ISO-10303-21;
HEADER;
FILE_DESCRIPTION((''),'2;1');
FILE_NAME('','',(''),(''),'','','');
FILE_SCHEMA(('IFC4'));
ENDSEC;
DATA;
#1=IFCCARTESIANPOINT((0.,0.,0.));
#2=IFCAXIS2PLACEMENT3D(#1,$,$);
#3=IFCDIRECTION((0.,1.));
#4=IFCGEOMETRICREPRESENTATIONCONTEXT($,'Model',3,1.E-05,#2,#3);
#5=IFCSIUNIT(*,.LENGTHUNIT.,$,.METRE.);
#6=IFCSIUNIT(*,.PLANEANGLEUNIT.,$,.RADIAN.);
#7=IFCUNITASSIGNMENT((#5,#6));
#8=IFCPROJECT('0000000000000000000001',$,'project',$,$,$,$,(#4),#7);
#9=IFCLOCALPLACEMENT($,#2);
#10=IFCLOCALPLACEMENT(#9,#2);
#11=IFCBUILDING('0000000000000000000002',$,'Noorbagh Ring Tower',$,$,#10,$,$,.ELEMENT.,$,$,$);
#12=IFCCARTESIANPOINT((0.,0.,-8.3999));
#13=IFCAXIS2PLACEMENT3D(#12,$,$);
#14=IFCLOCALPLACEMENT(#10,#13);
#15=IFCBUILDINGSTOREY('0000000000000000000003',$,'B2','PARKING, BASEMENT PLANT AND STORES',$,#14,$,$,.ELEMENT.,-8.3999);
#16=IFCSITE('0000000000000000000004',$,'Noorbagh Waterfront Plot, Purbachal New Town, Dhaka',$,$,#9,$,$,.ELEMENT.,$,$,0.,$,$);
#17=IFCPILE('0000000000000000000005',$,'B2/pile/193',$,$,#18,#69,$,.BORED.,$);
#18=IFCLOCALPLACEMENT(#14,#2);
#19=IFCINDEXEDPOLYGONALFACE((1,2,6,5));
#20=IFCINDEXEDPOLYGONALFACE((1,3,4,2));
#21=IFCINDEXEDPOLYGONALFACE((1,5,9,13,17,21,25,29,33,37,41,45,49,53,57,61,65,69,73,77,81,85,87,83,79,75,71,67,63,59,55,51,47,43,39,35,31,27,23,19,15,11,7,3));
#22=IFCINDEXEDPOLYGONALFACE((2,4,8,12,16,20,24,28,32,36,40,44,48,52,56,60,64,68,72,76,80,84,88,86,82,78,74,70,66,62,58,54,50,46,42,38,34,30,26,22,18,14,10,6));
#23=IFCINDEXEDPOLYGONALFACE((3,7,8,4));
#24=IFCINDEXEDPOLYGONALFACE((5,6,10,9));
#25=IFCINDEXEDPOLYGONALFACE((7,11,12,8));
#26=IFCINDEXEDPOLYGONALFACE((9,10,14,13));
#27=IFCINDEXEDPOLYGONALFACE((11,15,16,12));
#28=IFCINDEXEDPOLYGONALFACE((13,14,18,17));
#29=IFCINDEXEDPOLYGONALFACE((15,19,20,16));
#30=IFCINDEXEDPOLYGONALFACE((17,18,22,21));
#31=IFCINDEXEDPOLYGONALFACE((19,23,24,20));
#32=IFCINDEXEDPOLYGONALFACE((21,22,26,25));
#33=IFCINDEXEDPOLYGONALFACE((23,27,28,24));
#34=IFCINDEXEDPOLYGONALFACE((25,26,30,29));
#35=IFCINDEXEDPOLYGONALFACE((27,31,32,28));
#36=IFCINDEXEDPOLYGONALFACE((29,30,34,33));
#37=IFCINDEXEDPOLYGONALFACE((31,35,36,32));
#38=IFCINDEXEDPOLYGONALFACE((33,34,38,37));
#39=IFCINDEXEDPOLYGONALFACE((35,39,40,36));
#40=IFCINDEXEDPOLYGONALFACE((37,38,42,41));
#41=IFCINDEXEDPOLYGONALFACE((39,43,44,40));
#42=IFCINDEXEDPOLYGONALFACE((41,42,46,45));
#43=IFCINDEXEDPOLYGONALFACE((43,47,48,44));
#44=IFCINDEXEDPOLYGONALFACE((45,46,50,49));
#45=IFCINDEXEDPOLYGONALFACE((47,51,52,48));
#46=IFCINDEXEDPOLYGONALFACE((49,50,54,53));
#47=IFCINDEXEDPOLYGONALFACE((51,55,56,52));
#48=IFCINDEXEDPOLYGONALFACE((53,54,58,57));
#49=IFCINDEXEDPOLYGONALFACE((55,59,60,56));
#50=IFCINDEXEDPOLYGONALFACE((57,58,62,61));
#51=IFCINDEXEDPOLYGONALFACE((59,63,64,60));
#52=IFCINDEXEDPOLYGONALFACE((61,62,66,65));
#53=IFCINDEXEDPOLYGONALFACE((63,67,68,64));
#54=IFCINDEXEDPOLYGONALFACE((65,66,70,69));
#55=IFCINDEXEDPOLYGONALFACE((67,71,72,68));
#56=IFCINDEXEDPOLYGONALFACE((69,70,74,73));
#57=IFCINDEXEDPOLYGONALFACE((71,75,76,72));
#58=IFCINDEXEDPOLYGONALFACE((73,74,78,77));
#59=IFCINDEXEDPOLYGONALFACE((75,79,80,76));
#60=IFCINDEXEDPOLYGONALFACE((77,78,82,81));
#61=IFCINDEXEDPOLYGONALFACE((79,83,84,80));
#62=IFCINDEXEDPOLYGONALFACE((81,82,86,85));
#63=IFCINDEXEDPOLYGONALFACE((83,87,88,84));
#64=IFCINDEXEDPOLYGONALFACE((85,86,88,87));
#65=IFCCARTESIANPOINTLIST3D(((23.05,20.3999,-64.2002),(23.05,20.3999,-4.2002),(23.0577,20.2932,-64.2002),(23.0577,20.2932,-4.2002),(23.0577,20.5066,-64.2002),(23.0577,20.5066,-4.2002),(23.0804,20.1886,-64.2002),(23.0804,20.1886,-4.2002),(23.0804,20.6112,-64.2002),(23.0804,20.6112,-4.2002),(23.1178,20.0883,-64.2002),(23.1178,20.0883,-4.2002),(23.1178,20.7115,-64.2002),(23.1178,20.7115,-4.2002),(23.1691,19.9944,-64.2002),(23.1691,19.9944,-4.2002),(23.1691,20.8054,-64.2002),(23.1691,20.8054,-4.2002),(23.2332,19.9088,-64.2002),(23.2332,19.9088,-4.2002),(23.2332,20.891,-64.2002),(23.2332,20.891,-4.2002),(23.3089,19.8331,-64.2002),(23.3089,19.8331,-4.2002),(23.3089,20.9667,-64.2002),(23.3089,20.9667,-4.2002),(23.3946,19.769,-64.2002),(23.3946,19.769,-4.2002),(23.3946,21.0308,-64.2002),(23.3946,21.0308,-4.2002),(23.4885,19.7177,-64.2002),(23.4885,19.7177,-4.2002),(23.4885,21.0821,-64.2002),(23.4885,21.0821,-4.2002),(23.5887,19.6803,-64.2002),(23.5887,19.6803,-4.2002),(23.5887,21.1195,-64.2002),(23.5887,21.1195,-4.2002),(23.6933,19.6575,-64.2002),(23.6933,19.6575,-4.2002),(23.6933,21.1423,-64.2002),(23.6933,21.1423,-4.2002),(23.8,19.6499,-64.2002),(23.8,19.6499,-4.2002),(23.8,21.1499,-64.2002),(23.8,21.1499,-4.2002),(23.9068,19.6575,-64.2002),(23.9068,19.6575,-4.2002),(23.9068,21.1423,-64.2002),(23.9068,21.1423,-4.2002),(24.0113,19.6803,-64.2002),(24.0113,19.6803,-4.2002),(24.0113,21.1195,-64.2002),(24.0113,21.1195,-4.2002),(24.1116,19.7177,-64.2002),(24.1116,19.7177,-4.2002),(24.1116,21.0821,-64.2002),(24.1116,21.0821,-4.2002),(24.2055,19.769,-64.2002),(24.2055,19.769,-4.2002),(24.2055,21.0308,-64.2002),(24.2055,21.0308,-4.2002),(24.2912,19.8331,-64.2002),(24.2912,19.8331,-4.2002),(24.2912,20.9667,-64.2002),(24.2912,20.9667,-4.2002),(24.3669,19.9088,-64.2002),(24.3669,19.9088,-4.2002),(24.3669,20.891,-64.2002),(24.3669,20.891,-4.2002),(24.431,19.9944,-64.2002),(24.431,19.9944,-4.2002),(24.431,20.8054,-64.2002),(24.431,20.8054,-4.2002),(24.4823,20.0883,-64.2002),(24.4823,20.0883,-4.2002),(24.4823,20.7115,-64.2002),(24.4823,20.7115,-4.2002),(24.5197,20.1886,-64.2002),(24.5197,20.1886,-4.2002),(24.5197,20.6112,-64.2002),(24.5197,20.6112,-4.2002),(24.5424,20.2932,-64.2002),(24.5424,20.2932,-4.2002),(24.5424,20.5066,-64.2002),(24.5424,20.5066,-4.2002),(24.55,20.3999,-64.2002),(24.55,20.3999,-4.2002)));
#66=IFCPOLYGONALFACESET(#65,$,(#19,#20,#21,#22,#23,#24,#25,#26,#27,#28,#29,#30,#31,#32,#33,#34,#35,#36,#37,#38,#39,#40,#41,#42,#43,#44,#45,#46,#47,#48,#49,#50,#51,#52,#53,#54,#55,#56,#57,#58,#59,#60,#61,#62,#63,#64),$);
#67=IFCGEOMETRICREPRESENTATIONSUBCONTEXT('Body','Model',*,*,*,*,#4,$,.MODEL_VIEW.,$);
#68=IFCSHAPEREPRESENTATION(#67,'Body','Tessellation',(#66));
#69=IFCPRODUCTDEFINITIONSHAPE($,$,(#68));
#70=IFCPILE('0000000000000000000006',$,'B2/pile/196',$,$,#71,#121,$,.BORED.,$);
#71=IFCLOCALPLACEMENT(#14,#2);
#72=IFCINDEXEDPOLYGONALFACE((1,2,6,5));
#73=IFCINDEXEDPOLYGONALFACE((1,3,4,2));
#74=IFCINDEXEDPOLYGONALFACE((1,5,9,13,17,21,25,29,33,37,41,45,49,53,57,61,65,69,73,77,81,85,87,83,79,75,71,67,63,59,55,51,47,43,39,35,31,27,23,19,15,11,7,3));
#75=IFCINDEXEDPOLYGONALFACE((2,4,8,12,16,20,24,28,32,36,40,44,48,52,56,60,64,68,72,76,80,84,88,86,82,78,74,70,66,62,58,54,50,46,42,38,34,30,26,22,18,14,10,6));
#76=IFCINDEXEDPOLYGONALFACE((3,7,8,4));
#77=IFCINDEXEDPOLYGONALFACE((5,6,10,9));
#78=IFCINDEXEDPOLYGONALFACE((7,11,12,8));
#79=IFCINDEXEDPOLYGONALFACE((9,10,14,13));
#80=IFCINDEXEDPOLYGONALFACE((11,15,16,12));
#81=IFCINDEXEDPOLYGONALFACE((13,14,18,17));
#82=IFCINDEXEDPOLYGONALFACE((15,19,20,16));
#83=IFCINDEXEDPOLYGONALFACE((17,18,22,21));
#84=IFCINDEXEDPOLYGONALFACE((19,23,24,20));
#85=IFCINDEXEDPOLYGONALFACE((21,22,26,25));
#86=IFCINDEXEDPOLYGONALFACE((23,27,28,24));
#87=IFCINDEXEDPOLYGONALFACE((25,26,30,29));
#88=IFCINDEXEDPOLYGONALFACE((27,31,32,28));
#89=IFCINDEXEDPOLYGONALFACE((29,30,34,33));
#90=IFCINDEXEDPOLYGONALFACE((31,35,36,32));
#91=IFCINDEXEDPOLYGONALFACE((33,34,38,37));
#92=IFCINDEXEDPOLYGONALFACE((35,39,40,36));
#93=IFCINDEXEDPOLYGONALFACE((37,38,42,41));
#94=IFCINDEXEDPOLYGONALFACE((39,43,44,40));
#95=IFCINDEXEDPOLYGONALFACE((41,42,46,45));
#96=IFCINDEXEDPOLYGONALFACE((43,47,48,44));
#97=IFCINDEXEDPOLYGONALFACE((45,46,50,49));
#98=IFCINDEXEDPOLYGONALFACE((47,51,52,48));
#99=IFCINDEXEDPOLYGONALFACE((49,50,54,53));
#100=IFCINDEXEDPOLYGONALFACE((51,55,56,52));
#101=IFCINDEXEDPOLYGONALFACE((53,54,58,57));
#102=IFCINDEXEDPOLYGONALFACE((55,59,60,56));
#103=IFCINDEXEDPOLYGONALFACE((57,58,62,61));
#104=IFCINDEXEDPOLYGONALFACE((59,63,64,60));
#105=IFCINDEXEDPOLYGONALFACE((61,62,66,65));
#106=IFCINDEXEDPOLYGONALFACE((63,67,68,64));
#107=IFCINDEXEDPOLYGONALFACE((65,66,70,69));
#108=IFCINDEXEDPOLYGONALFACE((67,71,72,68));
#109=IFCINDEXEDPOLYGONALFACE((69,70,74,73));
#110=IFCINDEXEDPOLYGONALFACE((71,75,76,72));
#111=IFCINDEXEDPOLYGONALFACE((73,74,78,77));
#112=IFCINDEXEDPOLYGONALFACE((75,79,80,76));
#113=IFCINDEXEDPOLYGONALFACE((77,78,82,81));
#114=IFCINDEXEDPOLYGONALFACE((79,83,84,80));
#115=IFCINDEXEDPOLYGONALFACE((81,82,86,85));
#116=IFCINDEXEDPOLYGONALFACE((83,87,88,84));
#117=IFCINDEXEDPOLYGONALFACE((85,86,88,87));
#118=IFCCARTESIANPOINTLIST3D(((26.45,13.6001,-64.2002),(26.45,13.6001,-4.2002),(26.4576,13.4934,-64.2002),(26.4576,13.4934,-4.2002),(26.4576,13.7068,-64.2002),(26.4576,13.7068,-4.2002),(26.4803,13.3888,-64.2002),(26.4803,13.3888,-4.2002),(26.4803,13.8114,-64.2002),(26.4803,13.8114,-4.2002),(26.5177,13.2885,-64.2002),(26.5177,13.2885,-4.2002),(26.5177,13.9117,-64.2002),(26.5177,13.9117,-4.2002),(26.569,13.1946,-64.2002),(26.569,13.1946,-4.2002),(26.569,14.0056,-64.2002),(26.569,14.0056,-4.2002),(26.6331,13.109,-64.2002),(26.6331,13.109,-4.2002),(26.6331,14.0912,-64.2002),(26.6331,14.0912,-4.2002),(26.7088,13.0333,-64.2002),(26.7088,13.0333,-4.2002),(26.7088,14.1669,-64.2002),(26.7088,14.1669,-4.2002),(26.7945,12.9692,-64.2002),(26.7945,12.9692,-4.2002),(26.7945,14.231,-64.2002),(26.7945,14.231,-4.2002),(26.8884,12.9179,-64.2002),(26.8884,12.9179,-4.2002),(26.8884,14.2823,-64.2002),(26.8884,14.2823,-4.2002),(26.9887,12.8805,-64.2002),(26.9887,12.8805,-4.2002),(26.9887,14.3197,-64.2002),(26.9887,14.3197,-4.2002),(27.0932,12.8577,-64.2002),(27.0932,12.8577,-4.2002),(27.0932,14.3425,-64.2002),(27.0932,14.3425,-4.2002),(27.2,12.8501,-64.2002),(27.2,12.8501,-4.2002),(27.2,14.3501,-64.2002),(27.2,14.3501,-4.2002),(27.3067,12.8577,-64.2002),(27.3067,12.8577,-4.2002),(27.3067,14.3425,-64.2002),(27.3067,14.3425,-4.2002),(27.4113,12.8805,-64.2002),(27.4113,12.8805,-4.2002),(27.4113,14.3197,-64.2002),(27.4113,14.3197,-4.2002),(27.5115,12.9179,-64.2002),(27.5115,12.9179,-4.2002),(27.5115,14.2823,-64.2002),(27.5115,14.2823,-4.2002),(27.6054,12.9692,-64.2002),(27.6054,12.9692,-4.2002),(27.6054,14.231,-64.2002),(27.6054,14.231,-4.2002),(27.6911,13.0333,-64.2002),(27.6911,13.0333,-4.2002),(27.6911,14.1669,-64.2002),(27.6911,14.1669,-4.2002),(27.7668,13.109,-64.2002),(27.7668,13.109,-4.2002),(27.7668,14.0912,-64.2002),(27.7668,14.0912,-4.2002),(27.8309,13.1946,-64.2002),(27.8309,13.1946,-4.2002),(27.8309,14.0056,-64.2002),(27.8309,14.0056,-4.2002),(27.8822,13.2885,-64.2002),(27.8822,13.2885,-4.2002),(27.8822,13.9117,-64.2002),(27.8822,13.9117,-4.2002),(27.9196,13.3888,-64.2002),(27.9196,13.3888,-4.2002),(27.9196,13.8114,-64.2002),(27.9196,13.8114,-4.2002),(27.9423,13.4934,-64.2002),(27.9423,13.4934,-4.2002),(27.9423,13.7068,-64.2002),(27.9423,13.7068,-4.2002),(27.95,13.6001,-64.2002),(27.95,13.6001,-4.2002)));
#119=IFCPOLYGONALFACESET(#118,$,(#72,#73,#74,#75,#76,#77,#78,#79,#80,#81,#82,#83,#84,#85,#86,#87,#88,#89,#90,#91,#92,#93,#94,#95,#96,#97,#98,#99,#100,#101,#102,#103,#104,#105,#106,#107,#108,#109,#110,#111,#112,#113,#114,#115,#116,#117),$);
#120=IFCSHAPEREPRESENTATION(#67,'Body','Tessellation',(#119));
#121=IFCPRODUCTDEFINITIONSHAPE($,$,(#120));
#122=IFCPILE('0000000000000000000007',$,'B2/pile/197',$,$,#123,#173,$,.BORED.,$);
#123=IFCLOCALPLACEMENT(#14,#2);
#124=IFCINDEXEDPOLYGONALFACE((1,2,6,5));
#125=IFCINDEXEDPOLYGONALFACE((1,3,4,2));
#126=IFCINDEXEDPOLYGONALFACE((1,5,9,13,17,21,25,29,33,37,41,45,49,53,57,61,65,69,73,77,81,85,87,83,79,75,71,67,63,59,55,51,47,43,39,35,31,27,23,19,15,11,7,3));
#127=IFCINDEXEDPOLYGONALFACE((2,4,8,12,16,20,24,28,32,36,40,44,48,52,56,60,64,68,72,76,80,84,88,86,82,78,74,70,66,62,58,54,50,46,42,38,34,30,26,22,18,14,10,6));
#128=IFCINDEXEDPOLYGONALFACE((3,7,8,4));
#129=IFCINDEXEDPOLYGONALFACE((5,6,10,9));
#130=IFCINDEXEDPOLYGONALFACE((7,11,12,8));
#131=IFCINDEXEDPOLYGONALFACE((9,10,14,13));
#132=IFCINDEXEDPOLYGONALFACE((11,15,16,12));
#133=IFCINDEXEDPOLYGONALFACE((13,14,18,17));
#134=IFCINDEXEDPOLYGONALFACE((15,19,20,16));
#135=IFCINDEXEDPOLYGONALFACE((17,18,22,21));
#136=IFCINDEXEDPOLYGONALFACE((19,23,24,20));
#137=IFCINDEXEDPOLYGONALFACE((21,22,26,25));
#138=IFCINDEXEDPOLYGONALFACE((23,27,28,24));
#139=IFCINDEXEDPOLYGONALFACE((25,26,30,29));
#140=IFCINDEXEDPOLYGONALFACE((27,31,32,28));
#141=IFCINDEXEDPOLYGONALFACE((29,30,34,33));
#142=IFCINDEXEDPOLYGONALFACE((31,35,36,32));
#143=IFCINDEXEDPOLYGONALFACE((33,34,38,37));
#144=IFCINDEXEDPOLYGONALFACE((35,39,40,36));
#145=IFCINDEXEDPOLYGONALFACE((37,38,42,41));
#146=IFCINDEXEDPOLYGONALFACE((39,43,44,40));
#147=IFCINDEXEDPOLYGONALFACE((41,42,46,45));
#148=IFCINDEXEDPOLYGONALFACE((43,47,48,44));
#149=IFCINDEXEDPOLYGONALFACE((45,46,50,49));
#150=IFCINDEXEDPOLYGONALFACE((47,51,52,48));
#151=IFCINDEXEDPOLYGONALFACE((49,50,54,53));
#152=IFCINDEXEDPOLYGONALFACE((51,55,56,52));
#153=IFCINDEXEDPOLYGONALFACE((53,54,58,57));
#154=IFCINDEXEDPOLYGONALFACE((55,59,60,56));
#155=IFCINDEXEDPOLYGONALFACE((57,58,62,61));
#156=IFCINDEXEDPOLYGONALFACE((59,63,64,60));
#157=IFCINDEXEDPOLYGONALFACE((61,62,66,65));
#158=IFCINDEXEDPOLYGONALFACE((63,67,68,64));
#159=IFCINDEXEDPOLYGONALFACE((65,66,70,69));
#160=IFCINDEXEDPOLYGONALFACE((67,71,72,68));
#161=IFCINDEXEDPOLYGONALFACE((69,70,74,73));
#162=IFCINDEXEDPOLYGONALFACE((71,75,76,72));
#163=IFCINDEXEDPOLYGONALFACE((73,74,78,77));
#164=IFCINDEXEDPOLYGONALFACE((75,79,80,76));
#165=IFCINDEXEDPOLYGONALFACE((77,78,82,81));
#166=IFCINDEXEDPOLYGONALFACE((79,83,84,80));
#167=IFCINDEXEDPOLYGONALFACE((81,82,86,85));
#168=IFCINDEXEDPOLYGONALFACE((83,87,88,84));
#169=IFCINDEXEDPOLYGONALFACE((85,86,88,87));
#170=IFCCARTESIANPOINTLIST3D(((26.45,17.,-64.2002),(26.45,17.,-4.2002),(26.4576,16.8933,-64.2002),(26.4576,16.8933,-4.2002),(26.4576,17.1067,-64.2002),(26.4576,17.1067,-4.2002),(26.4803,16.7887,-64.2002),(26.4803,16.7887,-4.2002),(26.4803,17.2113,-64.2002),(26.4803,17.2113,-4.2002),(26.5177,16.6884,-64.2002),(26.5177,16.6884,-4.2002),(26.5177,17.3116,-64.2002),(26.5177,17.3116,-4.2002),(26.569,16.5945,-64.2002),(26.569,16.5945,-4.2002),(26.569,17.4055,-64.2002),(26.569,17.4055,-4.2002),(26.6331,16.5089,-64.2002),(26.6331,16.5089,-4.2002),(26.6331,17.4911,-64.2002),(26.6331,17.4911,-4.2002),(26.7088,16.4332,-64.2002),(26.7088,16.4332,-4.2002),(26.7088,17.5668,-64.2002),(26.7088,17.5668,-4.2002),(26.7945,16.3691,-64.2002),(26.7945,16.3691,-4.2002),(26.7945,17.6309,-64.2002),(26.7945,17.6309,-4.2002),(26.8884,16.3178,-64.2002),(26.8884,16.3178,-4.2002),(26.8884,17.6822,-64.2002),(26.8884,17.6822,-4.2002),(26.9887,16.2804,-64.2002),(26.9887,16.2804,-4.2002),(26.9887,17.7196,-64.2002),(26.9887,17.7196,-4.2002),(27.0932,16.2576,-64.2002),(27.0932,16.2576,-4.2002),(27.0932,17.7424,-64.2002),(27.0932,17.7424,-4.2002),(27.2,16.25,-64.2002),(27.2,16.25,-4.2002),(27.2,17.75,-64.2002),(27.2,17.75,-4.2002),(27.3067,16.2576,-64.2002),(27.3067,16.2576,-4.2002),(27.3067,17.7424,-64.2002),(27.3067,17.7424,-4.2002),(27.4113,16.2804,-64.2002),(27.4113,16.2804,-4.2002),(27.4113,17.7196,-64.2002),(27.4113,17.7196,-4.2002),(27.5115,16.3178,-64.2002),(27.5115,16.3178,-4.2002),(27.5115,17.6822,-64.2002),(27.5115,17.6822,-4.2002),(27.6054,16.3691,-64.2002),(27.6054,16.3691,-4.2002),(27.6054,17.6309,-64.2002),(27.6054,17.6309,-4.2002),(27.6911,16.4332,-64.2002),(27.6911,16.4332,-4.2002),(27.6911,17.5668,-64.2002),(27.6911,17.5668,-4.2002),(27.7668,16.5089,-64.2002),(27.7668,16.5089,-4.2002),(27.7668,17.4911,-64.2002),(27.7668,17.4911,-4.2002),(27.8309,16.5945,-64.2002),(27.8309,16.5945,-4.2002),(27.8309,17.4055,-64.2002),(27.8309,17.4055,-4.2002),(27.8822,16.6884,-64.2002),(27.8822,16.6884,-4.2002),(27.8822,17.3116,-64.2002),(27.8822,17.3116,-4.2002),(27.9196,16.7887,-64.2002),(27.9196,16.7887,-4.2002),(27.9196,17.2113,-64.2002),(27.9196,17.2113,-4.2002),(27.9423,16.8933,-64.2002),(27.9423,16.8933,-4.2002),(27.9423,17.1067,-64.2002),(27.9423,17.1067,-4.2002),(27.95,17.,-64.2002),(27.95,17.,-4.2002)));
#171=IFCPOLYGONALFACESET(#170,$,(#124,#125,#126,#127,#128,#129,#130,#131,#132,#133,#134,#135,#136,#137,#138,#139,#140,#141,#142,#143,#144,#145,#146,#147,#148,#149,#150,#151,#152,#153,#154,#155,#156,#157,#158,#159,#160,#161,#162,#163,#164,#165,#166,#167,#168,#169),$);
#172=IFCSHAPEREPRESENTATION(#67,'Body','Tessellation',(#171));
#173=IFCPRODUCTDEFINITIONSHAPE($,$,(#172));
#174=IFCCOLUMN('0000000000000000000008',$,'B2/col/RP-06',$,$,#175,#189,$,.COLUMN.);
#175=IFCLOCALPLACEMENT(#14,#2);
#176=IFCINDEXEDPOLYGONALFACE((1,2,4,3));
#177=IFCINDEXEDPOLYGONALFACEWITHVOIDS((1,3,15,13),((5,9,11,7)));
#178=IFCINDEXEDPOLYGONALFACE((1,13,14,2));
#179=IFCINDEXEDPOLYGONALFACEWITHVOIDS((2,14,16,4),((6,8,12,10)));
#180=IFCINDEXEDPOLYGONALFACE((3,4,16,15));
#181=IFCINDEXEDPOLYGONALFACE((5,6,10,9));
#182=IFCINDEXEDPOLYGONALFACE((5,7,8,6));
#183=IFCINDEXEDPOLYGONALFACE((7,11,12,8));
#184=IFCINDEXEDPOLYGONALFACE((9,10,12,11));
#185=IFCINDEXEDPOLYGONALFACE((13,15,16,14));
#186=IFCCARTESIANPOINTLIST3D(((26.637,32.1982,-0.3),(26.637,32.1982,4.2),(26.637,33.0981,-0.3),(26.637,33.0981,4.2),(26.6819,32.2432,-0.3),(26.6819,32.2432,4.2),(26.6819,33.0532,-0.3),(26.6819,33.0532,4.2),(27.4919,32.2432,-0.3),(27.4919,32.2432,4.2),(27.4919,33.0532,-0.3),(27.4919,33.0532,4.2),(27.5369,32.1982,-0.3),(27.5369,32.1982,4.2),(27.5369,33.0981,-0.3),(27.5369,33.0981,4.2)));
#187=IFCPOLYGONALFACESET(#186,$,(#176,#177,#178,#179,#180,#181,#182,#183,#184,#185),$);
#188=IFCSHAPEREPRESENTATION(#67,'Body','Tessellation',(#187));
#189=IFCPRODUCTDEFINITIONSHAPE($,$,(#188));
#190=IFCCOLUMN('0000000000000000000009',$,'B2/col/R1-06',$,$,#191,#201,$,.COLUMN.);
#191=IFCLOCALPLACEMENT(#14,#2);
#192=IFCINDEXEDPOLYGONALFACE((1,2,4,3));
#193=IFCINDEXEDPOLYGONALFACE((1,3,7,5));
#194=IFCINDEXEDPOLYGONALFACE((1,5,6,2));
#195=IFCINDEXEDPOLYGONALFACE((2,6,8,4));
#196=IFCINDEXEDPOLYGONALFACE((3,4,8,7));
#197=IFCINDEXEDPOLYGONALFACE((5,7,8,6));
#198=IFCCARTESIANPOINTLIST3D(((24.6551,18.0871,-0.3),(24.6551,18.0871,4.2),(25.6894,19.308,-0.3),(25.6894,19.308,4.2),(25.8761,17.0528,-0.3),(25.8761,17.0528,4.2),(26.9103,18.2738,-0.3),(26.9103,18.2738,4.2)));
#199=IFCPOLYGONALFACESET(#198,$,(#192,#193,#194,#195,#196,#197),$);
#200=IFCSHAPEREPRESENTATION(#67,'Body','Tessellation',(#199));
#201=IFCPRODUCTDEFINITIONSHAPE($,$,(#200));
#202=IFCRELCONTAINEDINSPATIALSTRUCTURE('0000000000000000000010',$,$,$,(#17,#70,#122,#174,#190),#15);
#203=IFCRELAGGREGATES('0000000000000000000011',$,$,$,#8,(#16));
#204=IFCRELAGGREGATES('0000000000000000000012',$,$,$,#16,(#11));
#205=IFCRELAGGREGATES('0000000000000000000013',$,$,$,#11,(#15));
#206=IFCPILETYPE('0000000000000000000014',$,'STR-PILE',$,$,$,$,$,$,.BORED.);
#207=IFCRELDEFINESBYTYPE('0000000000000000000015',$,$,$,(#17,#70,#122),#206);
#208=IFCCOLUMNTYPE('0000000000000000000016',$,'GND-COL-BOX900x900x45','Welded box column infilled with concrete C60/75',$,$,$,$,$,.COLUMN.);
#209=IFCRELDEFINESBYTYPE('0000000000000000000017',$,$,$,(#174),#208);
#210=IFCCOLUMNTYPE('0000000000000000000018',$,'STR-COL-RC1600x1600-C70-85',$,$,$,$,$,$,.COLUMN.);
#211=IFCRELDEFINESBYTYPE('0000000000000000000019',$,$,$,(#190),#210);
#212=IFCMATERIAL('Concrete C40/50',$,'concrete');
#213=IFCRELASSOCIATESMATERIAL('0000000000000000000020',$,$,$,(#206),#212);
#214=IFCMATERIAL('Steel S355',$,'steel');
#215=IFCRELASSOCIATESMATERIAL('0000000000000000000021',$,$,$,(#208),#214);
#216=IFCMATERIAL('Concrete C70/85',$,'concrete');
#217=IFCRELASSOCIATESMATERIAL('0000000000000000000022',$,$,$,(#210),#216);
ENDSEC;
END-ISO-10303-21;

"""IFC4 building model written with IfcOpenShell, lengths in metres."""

from ifc_helpers import new_model, si_unit, direction, frame, origin, origin_2d, place, context, subcontext, project, spatial, rectangle, hollow_rectangle, circle, extrude, material, material_profile, profile_set, type_object, element, save


model = new_model("IFC4")

# Units and contexts
model_context = context("Model", 3, precision=1e-05, world=origin(), true_north=direction((0.0, 1.0)))
body_context = subcontext(model_context, "Body", "Model", "MODEL_VIEW")
ifc_project = project(units=[si_unit("LENGTHUNIT", "METRE"), si_unit("PLANEANGLEUNIT", "RADIAN")], contexts=[model_context])

# Site, building, storey
site_placement = place(None, origin())
site = spatial("IfcSite", under=ifc_project, at=site_placement, Name="Noorbagh Waterfront Plot, Purbachal New Town, Dhaka", CompositionType="ELEMENT", RefElevation=0.0)
building_placement = place(site_placement, origin())
building = spatial("IfcBuilding", under=site, at=building_placement, Name="Noorbagh Ring Tower", CompositionType="ELEMENT")
storey_placement = place(building_placement, frame((0.0, 0.0, -8.3999)))
storey = spatial("IfcBuildingStorey", under=building, at=storey_placement, Name="B2", Description="PARKING, BASEMENT PLANT AND STORES", CompositionType="ELEMENT", Elevation=-8.3999)

# Piles
ifc_material_1 = material(Name="Concrete C40/50", Category="concrete")
ifc_material_profile_1 = material_profile(ifc_material_1, circle(Radius=0.75, at=origin_2d()), Name="PILE1500")
ifc_profile_set_1 = profile_set([ifc_material_profile_1], Name="Concrete C40/50")
pile_type_1 = type_object("IfcPileType", Name="STR-PILE", PredefinedType="BORED", material=ifc_profile_set_1)
for number, where, z_axis, x_axis, name in (
    (1, (23.8, 20.3999, -4.2002), (0.0, 0.0, -1.0), (1.0, 0.0, 0.0), "B2/pile/193"),
    (2, (27.2, 13.6001, -4.2002), (0.0, 0.0, -1.0), (1.0, 0.0, 0.0), "B2/pile/196"),
    (3, (27.2, 17.0, -4.2002), (0.0, 0.0, -1.0), (1.0, 0.0, 0.0), "B2/pile/197"),
):
    element("IfcPile", number, at=place(storey_placement, frame(where, z_axis=z_axis, x_axis=x_axis)), inside=storey, type_object=pile_type_1, Name=name, PredefinedType="BORED", context=body_context, shape_type="SweptSolid", body=[
        extrude(circle(Radius=0.75, at=origin_2d()), origin(), (0.0, 0.0, 1.0), 60.0),
    ])

# Columns
ifc_material_2 = material(Name="Steel S355", Category="steel")
ifc_material_profile_2 = material_profile(ifc_material_2, hollow_rectangle(XDim=0.8999, YDim=0.8999, WallThickness=0.0449, at=origin_2d()), Name="BOX900x900x45")
ifc_profile_set_2 = profile_set([ifc_material_profile_2], Name="Steel S355")
column_type_1 = type_object("IfcColumnType", Name="GND-COL-BOX900x900x45", Description="Welded box column infilled with concrete C60/75", PredefinedType="COLUMN", material=ifc_profile_set_2)
column_placement = place(storey_placement, frame((27.0869, 32.6482, -0.3), z_axis=(0.0, 0.0, 1.0), x_axis=(1.0, 0.0, 0.0)))
element("IfcColumn", 4, at=column_placement, inside=storey, type_object=column_type_1, Name="B2/col/RP-06", PredefinedType="COLUMN", context=body_context, shape_type="SweptSolid", body=[
    extrude(hollow_rectangle(XDim=0.8999, YDim=0.8999, WallThickness=0.0449, at=origin_2d()), origin(), (0.0, 0.0, 1.0), 4.5),
])
ifc_material_3 = material(Name="Concrete C70/85", Category="concrete")
ifc_material_profile_3 = material_profile(ifc_material_3, rectangle(XDim=1.6001, YDim=1.6001, at=origin_2d()), Name="RC1600x1600")
ifc_profile_set_3 = profile_set([ifc_material_profile_3], Name="Concrete C70/85")
column_type_2 = type_object("IfcColumnType", Name="STR-COL-RC1600x1600-C70-85", PredefinedType="COLUMN", material=ifc_profile_set_3)
for number, where, z_axis, x_axis, name in (
    (5, (25.7827, 18.1804, -0.3), (0.0, 0.0, 1.0), (-0.763035, 0.646357, 0.0), "B2/col/R1-06"),
):
    element("IfcColumn", number, at=place(storey_placement, frame(where, z_axis=z_axis, x_axis=x_axis)), inside=storey, type_object=column_type_2, Name=name, PredefinedType="COLUMN", context=body_context, shape_type="SweptSolid", body=[
        extrude(rectangle(XDim=1.6001, YDim=1.6001, at=origin_2d()), origin(), (0.0, 0.0, 1.0), 4.5),
    ])

save(model, "model.ifc")
